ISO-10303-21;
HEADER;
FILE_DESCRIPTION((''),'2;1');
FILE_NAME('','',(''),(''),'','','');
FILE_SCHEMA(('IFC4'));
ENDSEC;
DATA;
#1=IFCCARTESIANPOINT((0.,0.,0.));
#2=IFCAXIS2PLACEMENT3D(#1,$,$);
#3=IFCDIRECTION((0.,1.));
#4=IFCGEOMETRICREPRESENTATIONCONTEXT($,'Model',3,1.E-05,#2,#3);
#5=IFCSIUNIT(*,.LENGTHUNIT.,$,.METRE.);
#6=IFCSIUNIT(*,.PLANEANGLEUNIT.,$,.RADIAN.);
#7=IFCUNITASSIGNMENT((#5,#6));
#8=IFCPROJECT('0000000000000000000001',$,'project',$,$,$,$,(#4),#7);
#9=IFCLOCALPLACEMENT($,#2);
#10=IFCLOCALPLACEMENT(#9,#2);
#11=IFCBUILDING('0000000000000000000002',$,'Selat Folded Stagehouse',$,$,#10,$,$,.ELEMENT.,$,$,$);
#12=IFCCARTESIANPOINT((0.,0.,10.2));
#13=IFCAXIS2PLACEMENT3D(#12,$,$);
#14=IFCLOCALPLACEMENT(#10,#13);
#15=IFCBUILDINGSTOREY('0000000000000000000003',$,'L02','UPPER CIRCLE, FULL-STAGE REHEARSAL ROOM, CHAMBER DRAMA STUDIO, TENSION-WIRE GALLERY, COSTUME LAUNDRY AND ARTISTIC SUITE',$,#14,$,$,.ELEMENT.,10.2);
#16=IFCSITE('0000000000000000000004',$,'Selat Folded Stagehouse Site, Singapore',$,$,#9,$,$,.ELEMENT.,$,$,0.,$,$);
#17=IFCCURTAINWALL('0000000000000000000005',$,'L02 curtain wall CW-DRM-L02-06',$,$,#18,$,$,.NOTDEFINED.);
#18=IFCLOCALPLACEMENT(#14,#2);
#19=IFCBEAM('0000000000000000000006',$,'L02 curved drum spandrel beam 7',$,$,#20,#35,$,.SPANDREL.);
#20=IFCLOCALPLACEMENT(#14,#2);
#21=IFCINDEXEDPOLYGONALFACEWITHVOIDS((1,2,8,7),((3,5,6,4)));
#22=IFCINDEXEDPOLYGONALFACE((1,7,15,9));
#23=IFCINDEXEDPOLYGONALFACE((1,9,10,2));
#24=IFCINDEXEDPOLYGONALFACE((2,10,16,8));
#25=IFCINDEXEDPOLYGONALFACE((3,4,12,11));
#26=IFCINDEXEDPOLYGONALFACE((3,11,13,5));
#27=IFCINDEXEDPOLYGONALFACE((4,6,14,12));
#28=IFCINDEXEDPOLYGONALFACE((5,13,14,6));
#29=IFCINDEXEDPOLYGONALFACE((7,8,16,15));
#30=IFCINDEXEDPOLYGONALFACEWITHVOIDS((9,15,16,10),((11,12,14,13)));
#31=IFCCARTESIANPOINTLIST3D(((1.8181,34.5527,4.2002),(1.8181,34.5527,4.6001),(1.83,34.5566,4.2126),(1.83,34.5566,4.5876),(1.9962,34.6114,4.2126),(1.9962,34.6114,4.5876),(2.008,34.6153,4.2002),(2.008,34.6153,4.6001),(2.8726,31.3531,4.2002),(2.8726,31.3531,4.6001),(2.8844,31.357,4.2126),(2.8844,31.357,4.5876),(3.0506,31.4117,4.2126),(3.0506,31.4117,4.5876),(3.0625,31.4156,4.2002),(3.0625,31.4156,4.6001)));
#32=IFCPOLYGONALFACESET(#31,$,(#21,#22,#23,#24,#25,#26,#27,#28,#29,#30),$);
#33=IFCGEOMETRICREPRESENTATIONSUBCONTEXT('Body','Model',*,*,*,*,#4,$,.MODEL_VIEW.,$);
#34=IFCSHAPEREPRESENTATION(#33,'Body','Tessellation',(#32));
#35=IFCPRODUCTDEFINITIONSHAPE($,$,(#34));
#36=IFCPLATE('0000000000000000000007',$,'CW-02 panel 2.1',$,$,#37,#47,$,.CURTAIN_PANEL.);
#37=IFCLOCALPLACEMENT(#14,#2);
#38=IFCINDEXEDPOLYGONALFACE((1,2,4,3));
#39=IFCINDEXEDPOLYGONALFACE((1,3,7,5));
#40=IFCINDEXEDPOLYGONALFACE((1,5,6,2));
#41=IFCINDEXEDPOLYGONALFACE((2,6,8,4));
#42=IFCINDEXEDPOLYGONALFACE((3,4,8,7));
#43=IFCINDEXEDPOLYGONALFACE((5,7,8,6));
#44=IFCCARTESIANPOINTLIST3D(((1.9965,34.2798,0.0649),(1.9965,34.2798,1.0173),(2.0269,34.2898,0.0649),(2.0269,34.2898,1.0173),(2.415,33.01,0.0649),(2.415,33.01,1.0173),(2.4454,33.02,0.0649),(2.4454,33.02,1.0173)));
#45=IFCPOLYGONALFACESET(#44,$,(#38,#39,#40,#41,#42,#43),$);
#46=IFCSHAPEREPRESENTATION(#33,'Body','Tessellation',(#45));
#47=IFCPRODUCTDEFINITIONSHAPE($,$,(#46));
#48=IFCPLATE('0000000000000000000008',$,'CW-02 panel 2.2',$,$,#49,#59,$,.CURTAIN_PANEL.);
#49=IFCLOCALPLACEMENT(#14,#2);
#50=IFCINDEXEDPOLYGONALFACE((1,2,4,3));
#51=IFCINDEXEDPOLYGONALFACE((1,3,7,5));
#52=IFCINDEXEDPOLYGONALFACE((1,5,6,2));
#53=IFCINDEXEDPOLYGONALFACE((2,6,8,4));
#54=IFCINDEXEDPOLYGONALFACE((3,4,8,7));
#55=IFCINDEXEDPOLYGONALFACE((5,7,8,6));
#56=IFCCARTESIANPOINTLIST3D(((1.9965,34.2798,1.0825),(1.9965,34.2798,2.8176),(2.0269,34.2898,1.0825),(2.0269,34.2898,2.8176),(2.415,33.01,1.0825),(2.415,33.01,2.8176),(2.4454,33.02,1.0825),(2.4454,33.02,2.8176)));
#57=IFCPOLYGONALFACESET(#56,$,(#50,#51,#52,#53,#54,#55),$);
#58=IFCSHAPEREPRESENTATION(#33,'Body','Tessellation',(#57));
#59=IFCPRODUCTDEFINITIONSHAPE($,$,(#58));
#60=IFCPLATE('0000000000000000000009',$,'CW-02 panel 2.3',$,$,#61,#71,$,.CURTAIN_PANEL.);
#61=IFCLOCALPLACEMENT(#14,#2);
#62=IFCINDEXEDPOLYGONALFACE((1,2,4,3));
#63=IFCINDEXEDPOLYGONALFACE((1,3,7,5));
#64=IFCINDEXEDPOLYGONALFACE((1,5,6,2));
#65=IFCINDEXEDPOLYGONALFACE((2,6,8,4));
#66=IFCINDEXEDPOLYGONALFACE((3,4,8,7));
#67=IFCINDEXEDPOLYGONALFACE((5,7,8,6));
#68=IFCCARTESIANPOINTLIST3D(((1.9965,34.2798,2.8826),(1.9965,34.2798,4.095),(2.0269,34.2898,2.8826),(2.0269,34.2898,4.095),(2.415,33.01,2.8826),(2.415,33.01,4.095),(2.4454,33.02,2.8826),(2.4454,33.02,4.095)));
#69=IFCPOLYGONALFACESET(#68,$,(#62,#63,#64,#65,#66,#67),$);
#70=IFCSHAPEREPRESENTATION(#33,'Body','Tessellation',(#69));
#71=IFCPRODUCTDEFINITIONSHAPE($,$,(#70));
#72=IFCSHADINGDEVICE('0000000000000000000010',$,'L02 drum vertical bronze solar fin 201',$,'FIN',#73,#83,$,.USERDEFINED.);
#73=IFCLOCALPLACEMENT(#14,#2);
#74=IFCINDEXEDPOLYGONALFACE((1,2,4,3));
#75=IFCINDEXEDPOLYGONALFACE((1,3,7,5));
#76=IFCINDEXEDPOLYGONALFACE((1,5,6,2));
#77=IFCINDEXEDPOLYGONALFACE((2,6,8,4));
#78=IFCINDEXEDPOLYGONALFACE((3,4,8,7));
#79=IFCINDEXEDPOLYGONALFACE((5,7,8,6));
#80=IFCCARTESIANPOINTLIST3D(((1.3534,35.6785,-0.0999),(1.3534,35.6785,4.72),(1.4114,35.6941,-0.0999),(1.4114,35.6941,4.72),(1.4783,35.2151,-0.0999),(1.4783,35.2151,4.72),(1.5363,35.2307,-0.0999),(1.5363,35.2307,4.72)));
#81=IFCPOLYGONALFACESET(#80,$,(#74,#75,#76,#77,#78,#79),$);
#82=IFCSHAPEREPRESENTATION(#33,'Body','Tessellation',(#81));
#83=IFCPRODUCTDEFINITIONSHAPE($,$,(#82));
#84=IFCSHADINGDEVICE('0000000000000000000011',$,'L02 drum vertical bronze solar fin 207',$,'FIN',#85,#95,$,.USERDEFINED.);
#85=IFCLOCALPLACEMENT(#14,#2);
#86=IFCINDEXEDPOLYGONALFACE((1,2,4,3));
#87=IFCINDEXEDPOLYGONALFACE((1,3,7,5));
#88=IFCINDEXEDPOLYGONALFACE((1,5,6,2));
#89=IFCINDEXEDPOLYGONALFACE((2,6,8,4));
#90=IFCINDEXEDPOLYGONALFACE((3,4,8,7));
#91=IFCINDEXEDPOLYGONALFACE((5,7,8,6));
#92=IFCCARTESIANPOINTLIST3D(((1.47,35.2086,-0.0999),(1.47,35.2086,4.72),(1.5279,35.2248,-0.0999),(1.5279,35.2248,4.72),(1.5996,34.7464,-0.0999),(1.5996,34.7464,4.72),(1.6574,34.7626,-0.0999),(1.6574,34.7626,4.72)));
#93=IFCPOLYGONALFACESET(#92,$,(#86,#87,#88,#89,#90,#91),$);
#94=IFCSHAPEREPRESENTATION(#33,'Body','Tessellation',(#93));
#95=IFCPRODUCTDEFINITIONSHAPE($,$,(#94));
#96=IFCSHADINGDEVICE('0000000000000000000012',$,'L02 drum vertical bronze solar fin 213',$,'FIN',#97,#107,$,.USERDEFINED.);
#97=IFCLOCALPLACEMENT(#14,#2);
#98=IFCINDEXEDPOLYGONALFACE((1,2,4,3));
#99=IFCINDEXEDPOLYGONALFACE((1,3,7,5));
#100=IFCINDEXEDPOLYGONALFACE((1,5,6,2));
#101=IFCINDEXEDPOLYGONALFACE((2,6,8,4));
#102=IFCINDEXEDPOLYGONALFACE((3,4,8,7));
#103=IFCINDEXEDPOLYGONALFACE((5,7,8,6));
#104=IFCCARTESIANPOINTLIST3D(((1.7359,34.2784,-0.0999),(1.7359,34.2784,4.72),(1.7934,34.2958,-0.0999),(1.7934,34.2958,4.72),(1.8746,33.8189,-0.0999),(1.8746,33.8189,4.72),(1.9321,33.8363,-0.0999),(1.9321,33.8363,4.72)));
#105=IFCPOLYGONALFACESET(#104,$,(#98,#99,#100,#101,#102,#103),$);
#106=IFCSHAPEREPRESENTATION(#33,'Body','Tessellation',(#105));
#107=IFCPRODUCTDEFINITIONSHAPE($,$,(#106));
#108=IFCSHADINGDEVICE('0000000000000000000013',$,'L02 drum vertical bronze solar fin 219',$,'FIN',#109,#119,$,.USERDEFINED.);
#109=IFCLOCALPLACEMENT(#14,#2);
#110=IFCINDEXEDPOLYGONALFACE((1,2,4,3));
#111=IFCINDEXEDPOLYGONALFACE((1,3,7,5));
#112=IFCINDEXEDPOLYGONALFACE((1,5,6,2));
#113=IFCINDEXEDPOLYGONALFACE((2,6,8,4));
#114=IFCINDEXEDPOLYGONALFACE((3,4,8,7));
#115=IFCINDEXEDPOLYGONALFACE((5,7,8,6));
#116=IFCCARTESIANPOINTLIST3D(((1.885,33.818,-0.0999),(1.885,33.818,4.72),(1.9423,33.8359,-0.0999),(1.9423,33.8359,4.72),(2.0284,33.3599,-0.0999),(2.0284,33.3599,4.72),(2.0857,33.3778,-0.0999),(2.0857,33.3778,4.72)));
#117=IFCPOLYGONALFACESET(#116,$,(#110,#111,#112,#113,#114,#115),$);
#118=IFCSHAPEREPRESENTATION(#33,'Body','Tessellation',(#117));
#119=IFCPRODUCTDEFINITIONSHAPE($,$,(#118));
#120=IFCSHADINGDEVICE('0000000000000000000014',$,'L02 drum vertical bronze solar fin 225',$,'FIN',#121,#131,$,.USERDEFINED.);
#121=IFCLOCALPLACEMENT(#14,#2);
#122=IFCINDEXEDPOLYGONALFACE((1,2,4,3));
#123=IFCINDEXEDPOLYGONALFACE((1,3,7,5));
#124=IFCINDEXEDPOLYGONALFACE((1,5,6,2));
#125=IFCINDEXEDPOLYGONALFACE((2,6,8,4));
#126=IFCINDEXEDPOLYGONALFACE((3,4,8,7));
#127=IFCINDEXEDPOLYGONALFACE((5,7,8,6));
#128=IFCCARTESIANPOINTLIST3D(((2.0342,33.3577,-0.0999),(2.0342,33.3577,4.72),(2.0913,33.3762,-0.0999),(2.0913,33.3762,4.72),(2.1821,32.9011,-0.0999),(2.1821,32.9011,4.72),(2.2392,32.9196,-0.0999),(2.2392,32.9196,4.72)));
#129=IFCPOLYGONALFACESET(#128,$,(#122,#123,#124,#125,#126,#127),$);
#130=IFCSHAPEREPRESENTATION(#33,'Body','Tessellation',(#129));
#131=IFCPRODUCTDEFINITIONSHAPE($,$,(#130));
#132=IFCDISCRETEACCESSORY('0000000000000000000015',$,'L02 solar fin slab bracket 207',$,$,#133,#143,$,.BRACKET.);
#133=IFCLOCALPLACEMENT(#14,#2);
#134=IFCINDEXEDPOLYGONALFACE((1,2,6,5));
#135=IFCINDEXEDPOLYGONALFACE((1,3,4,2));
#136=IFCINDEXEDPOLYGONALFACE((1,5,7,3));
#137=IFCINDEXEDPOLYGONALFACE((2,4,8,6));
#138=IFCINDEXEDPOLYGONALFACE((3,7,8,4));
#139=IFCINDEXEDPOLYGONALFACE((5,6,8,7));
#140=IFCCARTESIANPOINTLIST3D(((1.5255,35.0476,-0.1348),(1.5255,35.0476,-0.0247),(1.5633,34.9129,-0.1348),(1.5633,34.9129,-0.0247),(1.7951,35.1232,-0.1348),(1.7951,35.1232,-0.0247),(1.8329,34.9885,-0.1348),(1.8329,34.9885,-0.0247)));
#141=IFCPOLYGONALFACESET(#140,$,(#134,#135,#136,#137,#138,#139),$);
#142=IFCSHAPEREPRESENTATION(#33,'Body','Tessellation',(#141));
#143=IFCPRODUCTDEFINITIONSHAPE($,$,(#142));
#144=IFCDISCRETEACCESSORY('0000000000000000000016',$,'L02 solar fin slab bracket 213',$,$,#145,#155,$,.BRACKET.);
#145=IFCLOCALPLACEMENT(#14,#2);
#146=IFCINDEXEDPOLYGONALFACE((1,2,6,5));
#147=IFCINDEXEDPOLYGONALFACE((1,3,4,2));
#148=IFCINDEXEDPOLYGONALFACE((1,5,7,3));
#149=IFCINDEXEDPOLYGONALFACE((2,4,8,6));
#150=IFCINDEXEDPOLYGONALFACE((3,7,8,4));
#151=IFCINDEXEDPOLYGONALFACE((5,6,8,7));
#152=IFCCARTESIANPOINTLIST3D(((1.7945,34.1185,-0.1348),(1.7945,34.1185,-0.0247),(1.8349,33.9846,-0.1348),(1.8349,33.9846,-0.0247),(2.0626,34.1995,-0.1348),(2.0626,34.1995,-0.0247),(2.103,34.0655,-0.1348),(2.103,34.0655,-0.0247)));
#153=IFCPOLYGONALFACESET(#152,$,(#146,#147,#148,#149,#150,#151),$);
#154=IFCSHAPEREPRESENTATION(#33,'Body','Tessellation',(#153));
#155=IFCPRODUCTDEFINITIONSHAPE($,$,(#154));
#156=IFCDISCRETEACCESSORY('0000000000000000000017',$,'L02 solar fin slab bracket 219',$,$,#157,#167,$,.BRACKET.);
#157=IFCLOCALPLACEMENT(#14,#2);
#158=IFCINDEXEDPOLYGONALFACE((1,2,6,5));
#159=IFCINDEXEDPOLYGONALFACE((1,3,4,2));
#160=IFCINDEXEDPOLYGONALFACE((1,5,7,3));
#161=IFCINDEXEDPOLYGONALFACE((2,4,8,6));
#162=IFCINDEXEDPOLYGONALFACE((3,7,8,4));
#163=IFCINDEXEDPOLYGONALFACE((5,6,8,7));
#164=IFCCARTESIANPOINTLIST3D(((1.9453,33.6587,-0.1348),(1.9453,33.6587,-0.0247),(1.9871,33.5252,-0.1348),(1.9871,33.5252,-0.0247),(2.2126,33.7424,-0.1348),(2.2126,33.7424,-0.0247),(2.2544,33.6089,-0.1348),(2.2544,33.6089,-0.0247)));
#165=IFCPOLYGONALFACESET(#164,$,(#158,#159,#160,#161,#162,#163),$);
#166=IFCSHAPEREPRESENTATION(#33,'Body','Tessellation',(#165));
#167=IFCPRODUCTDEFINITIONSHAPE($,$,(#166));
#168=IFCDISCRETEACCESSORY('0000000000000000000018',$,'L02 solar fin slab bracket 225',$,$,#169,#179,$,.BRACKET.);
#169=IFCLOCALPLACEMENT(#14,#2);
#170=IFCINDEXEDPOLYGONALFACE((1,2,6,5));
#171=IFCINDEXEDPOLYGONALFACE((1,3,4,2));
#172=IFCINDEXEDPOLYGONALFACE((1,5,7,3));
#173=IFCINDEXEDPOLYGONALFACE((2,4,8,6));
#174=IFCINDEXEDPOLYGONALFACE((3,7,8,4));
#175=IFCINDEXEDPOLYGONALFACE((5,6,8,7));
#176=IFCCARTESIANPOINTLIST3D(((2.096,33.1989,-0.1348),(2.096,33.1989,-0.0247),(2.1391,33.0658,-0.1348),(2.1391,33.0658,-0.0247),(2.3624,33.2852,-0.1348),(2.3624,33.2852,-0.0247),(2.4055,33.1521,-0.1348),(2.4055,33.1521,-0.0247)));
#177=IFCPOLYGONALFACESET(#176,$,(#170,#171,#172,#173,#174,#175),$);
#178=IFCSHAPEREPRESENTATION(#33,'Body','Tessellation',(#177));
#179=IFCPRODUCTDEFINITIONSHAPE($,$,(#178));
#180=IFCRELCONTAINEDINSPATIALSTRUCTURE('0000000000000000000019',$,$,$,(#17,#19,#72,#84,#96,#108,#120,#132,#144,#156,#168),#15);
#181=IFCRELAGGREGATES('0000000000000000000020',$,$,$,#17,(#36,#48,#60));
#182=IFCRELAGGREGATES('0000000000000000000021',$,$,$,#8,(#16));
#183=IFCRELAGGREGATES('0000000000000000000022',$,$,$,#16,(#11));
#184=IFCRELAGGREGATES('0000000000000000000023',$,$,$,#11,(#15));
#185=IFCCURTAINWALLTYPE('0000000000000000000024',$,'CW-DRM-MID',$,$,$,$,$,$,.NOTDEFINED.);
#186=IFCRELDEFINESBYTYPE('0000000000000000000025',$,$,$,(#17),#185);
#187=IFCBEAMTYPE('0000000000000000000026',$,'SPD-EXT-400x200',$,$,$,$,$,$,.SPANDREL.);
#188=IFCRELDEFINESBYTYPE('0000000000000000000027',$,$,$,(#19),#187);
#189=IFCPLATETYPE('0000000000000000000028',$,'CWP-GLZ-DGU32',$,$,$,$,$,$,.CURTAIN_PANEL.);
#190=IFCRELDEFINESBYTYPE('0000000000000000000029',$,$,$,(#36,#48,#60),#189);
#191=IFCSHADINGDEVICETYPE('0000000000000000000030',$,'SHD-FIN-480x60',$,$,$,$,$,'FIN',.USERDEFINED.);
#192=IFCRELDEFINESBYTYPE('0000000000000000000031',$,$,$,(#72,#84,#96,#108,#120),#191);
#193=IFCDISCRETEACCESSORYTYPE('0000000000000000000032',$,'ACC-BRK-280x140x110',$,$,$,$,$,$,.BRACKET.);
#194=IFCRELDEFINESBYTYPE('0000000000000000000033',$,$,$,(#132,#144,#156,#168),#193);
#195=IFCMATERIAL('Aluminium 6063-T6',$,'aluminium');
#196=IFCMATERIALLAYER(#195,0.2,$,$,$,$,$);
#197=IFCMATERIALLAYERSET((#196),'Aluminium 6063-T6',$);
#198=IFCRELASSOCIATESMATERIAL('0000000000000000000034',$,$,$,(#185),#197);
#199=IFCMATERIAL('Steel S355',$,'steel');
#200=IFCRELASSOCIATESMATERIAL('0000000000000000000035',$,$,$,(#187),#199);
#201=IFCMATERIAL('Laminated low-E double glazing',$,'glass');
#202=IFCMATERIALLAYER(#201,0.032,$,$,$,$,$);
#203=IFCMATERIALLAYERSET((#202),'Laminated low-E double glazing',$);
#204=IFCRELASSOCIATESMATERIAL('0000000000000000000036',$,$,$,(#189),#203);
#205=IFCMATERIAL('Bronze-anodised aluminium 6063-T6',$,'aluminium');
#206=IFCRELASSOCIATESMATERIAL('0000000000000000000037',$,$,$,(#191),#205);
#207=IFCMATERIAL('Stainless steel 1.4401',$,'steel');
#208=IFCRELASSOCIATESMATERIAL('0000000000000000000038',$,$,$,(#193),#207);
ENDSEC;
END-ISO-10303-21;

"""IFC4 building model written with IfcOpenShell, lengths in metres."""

from ifc_helpers import new_model, si_unit, direction, frame, origin, origin_2d, place, context, subcontext, project, spatial, rectangle, hollow_rectangle, extrude, material, layer, layer_set, material_profile, profile_set, type_object, element, aggregate, save


model = new_model("IFC4")

# Units and contexts
model_context = context("Model", 3, precision=1e-05, world=origin(), true_north=direction((0.0, 1.0)))
body_context = subcontext(model_context, "Body", "Model", "MODEL_VIEW")
ifc_project = project(units=[si_unit("LENGTHUNIT", "METRE"), si_unit("PLANEANGLEUNIT", "RADIAN")], contexts=[model_context])

# Site, building, storey
site_placement = place(None, origin())
site = spatial("IfcSite", under=ifc_project, at=site_placement, Name="Selat Folded Stagehouse Site, Singapore", CompositionType="ELEMENT", RefElevation=0.0)
building_placement = place(site_placement, origin())
building = spatial("IfcBuilding", under=site, at=building_placement, Name="Selat Folded Stagehouse", CompositionType="ELEMENT")
storey_placement = place(building_placement, frame((0.0, 0.0, 10.2)))
storey = spatial("IfcBuildingStorey", under=building, at=storey_placement, Name="L02", Description="UPPER CIRCLE, FULL-STAGE REHEARSAL ROOM, CHAMBER DRAMA STUDIO, TENSION-WIRE GALLERY, COSTUME LAUNDRY AND ARTISTIC SUITE", CompositionType="ELEMENT", Elevation=10.2)

# Shared definitions
ifc_material_1 = material(Name="Steel S355", Category="steel")

# Curtain wall
ifc_material_2 = material(Name="Aluminium 6063-T6", Category="aluminium")
ifc_layer_1 = layer(ifc_material_2, 0.2)
ifc_layer_set_1 = layer_set([ifc_layer_1], Name="Aluminium 6063-T6")
curtain_wall_type = type_object("IfcCurtainWallType", Name="CW-DRM-MID", PredefinedType="NOTDEFINED", material=ifc_layer_set_1)
curtain_wall_1_placement = place(storey_placement, origin())
curtain_wall_1 = element("IfcCurtainWall", 1, at=curtain_wall_1_placement, inside=storey, type_object=curtain_wall_type, Name="L02 curtain wall CW-DRM-L02-06", PredefinedType="NOTDEFINED")

# Beam
ifc_material_profile_1 = material_profile(ifc_material_1, hollow_rectangle(XDim=0.2, YDim=0.3999, WallThickness=0.0125, at=origin_2d()), Name="RHS 400x200x12.5")
ifc_profile_set_1 = profile_set([ifc_material_profile_1], Name="Steel S355")
beam_type = type_object("IfcBeamType", Name="SPD-EXT-400x200", PredefinedType="SPANDREL", material=ifc_profile_set_1)
beam_placement = place(storey_placement, frame((1.9131, 34.584, 4.4001), z_axis=(0.312987, -0.949758, 0.0), x_axis=(0.949758, 0.312987, 0.0)))
element("IfcBeam", 2, at=beam_placement, inside=storey, type_object=beam_type, Name="L02 curved drum spandrel beam 7", PredefinedType="SPANDREL", context=body_context, shape_type="SweptSolid", body=[
    extrude(hollow_rectangle(XDim=0.2, YDim=0.3999, WallThickness=0.0125, at=origin_2d()), origin(), (0.0, 0.0, 1.0), 3.3689),
])

# Plates
ifc_material_3 = material(Name="Laminated low-E double glazing", Category="glass")
ifc_layer_2 = layer(ifc_material_3, 0.032)
ifc_layer_set_2 = layer_set([ifc_layer_2], Name="Laminated low-E double glazing")
plate_type = type_object("IfcPlateType", Name="CWP-GLZ-DGU32", PredefinedType="CURTAIN_PANEL", material=ifc_layer_set_2)
plate_1_placement = place(storey_placement, frame((2.2209, 33.6499, 0.0649), z_axis=(0.0, 0.0, 1.0), x_axis=(-0.312995, 0.949755, 0.0)))
plate_1 = element("IfcPlate", 3, at=plate_1_placement, type_object=plate_type, Name="CW-02 panel 2.1", PredefinedType="CURTAIN_PANEL", context=body_context, shape_type="SweptSolid", body=[
    extrude(rectangle(XDim=1.3369, YDim=0.032, at=origin_2d()), origin(), (0.0, 0.0, 1.0), 0.9524),
])
plate_2_placement = place(storey_placement, frame((2.2209, 33.6499, 1.0825), z_axis=(0.0, 0.0, 1.0), x_axis=(-0.312995, 0.949755, 0.0)))
plate_2 = element("IfcPlate", 4, at=plate_2_placement, type_object=plate_type, Name="CW-02 panel 2.2", PredefinedType="CURTAIN_PANEL", context=body_context, shape_type="SweptSolid", body=[
    extrude(rectangle(XDim=1.3369, YDim=0.032, at=origin_2d()), origin(), (0.0, 0.0, 1.0), 1.7351),
])
plate_3_placement = place(storey_placement, frame((2.2209, 33.6499, 2.8826), z_axis=(0.0, 0.0, 1.0), x_axis=(-0.312995, 0.949755, 0.0)))
plate_3 = element("IfcPlate", 5, at=plate_3_placement, type_object=plate_type, Name="CW-02 panel 2.3", PredefinedType="CURTAIN_PANEL", context=body_context, shape_type="SweptSolid", body=[
    extrude(rectangle(XDim=1.3369, YDim=0.032, at=origin_2d()), origin(), (0.0, 0.0, 1.0), 1.2124),
])
aggregate(curtain_wall_1, [plate_1, plate_2, plate_3])

# Shading devices
ifc_material_4 = material(Name="Bronze-anodised aluminium 6063-T6", Category="aluminium")
ifc_material_profile_2 = material_profile(ifc_material_4, rectangle(XDim=0.0601, YDim=0.48, at=origin_2d()), Name="SOLAR-FIN 480x60")
ifc_profile_set_2 = profile_set([ifc_material_profile_2], Name="Bronze-anodised aluminium 6063-T6")
shading_device_type = type_object("IfcShadingDeviceType", Name="SHD-FIN-480x60", ElementType="FIN", PredefinedType="USERDEFINED", material=ifc_profile_set_2)
for number, where, z_axis, x_axis, name in (
    (6, (1.4448, 35.4546, -0.0999), (0.0, 0.0, 1.0), (-0.965564, -0.260167, 0.0), "L02 drum vertical bronze solar fin 201"),
    (7, (1.5637, 34.9856, -0.0999), (0.0, 0.0, 1.0), (-0.96288, -0.269928, 0.0), "L02 drum vertical bronze solar fin 207"),
    (8, (1.834, 34.0574, -0.0999), (0.0, 0.0, 1.0), (-0.957319, -0.289032, 0.0), "L02 drum vertical bronze solar fin 213"),
    (9, (1.9854, 33.5979, -0.0999), (0.0, 0.0, 1.0), (-0.954345, -0.298708, 0.0), "L02 drum vertical bronze solar fin 219"),
    (10, (2.1367, 33.1387, -0.0999), (0.0, 0.0, 1.0), (-0.951326, -0.308187, 0.0), "L02 drum vertical bronze solar fin 225"),
):
    element("IfcShadingDevice", number, at=place(storey_placement, frame(where, z_axis=z_axis, x_axis=x_axis)), inside=storey, type_object=shading_device_type, Name=name, ObjectType="FIN", PredefinedType="USERDEFINED", context=body_context, shape_type="SweptSolid", body=[
        extrude(rectangle(XDim=0.0601, YDim=0.48, at=origin_2d()), origin(), (0.0, 0.0, 1.0), 4.8198),
    ])

# Discrete accessories
ifc_material_5 = material(Name="Stainless steel 1.4401", Category="steel")
discrete_accessory_type = type_object("IfcDiscreteAccessoryType", Name="ACC-BRK-280x140x110", PredefinedType="BRACKET", material=ifc_material_5)
for number, where, z_axis, x_axis, name in (
    (11, (1.6792, 35.0181, -0.1348), (0.0, 0.0, 1.0), (-0.96288, -0.269928, 0.0), "L02 solar fin slab bracket 207"),
    (12, (1.9487, 34.092, -0.1348), (0.0, 0.0, 1.0), (-0.957319, -0.289032, 0.0), "L02 solar fin slab bracket 213"),
    (13, (2.0999, 33.6338, -0.1348), (0.0, 0.0, 1.0), (-0.954345, -0.298708, 0.0), "L02 solar fin slab bracket 219"),
    (14, (2.2507, 33.1755, -0.1348), (0.0, 0.0, 1.0), (-0.951326, -0.308187, 0.0), "L02 solar fin slab bracket 225"),
):
    element("IfcDiscreteAccessory", number, at=place(storey_placement, frame(where, z_axis=z_axis, x_axis=x_axis)), inside=storey, type_object=discrete_accessory_type, Name=name, PredefinedType="BRACKET", context=body_context, shape_type="SweptSolid", body=[
        extrude(rectangle(XDim=0.28, YDim=0.1399, at=origin_2d()), origin(), (0.0, 0.0, 1.0), 0.1101),
    ])

save(model, "model.ifc")
